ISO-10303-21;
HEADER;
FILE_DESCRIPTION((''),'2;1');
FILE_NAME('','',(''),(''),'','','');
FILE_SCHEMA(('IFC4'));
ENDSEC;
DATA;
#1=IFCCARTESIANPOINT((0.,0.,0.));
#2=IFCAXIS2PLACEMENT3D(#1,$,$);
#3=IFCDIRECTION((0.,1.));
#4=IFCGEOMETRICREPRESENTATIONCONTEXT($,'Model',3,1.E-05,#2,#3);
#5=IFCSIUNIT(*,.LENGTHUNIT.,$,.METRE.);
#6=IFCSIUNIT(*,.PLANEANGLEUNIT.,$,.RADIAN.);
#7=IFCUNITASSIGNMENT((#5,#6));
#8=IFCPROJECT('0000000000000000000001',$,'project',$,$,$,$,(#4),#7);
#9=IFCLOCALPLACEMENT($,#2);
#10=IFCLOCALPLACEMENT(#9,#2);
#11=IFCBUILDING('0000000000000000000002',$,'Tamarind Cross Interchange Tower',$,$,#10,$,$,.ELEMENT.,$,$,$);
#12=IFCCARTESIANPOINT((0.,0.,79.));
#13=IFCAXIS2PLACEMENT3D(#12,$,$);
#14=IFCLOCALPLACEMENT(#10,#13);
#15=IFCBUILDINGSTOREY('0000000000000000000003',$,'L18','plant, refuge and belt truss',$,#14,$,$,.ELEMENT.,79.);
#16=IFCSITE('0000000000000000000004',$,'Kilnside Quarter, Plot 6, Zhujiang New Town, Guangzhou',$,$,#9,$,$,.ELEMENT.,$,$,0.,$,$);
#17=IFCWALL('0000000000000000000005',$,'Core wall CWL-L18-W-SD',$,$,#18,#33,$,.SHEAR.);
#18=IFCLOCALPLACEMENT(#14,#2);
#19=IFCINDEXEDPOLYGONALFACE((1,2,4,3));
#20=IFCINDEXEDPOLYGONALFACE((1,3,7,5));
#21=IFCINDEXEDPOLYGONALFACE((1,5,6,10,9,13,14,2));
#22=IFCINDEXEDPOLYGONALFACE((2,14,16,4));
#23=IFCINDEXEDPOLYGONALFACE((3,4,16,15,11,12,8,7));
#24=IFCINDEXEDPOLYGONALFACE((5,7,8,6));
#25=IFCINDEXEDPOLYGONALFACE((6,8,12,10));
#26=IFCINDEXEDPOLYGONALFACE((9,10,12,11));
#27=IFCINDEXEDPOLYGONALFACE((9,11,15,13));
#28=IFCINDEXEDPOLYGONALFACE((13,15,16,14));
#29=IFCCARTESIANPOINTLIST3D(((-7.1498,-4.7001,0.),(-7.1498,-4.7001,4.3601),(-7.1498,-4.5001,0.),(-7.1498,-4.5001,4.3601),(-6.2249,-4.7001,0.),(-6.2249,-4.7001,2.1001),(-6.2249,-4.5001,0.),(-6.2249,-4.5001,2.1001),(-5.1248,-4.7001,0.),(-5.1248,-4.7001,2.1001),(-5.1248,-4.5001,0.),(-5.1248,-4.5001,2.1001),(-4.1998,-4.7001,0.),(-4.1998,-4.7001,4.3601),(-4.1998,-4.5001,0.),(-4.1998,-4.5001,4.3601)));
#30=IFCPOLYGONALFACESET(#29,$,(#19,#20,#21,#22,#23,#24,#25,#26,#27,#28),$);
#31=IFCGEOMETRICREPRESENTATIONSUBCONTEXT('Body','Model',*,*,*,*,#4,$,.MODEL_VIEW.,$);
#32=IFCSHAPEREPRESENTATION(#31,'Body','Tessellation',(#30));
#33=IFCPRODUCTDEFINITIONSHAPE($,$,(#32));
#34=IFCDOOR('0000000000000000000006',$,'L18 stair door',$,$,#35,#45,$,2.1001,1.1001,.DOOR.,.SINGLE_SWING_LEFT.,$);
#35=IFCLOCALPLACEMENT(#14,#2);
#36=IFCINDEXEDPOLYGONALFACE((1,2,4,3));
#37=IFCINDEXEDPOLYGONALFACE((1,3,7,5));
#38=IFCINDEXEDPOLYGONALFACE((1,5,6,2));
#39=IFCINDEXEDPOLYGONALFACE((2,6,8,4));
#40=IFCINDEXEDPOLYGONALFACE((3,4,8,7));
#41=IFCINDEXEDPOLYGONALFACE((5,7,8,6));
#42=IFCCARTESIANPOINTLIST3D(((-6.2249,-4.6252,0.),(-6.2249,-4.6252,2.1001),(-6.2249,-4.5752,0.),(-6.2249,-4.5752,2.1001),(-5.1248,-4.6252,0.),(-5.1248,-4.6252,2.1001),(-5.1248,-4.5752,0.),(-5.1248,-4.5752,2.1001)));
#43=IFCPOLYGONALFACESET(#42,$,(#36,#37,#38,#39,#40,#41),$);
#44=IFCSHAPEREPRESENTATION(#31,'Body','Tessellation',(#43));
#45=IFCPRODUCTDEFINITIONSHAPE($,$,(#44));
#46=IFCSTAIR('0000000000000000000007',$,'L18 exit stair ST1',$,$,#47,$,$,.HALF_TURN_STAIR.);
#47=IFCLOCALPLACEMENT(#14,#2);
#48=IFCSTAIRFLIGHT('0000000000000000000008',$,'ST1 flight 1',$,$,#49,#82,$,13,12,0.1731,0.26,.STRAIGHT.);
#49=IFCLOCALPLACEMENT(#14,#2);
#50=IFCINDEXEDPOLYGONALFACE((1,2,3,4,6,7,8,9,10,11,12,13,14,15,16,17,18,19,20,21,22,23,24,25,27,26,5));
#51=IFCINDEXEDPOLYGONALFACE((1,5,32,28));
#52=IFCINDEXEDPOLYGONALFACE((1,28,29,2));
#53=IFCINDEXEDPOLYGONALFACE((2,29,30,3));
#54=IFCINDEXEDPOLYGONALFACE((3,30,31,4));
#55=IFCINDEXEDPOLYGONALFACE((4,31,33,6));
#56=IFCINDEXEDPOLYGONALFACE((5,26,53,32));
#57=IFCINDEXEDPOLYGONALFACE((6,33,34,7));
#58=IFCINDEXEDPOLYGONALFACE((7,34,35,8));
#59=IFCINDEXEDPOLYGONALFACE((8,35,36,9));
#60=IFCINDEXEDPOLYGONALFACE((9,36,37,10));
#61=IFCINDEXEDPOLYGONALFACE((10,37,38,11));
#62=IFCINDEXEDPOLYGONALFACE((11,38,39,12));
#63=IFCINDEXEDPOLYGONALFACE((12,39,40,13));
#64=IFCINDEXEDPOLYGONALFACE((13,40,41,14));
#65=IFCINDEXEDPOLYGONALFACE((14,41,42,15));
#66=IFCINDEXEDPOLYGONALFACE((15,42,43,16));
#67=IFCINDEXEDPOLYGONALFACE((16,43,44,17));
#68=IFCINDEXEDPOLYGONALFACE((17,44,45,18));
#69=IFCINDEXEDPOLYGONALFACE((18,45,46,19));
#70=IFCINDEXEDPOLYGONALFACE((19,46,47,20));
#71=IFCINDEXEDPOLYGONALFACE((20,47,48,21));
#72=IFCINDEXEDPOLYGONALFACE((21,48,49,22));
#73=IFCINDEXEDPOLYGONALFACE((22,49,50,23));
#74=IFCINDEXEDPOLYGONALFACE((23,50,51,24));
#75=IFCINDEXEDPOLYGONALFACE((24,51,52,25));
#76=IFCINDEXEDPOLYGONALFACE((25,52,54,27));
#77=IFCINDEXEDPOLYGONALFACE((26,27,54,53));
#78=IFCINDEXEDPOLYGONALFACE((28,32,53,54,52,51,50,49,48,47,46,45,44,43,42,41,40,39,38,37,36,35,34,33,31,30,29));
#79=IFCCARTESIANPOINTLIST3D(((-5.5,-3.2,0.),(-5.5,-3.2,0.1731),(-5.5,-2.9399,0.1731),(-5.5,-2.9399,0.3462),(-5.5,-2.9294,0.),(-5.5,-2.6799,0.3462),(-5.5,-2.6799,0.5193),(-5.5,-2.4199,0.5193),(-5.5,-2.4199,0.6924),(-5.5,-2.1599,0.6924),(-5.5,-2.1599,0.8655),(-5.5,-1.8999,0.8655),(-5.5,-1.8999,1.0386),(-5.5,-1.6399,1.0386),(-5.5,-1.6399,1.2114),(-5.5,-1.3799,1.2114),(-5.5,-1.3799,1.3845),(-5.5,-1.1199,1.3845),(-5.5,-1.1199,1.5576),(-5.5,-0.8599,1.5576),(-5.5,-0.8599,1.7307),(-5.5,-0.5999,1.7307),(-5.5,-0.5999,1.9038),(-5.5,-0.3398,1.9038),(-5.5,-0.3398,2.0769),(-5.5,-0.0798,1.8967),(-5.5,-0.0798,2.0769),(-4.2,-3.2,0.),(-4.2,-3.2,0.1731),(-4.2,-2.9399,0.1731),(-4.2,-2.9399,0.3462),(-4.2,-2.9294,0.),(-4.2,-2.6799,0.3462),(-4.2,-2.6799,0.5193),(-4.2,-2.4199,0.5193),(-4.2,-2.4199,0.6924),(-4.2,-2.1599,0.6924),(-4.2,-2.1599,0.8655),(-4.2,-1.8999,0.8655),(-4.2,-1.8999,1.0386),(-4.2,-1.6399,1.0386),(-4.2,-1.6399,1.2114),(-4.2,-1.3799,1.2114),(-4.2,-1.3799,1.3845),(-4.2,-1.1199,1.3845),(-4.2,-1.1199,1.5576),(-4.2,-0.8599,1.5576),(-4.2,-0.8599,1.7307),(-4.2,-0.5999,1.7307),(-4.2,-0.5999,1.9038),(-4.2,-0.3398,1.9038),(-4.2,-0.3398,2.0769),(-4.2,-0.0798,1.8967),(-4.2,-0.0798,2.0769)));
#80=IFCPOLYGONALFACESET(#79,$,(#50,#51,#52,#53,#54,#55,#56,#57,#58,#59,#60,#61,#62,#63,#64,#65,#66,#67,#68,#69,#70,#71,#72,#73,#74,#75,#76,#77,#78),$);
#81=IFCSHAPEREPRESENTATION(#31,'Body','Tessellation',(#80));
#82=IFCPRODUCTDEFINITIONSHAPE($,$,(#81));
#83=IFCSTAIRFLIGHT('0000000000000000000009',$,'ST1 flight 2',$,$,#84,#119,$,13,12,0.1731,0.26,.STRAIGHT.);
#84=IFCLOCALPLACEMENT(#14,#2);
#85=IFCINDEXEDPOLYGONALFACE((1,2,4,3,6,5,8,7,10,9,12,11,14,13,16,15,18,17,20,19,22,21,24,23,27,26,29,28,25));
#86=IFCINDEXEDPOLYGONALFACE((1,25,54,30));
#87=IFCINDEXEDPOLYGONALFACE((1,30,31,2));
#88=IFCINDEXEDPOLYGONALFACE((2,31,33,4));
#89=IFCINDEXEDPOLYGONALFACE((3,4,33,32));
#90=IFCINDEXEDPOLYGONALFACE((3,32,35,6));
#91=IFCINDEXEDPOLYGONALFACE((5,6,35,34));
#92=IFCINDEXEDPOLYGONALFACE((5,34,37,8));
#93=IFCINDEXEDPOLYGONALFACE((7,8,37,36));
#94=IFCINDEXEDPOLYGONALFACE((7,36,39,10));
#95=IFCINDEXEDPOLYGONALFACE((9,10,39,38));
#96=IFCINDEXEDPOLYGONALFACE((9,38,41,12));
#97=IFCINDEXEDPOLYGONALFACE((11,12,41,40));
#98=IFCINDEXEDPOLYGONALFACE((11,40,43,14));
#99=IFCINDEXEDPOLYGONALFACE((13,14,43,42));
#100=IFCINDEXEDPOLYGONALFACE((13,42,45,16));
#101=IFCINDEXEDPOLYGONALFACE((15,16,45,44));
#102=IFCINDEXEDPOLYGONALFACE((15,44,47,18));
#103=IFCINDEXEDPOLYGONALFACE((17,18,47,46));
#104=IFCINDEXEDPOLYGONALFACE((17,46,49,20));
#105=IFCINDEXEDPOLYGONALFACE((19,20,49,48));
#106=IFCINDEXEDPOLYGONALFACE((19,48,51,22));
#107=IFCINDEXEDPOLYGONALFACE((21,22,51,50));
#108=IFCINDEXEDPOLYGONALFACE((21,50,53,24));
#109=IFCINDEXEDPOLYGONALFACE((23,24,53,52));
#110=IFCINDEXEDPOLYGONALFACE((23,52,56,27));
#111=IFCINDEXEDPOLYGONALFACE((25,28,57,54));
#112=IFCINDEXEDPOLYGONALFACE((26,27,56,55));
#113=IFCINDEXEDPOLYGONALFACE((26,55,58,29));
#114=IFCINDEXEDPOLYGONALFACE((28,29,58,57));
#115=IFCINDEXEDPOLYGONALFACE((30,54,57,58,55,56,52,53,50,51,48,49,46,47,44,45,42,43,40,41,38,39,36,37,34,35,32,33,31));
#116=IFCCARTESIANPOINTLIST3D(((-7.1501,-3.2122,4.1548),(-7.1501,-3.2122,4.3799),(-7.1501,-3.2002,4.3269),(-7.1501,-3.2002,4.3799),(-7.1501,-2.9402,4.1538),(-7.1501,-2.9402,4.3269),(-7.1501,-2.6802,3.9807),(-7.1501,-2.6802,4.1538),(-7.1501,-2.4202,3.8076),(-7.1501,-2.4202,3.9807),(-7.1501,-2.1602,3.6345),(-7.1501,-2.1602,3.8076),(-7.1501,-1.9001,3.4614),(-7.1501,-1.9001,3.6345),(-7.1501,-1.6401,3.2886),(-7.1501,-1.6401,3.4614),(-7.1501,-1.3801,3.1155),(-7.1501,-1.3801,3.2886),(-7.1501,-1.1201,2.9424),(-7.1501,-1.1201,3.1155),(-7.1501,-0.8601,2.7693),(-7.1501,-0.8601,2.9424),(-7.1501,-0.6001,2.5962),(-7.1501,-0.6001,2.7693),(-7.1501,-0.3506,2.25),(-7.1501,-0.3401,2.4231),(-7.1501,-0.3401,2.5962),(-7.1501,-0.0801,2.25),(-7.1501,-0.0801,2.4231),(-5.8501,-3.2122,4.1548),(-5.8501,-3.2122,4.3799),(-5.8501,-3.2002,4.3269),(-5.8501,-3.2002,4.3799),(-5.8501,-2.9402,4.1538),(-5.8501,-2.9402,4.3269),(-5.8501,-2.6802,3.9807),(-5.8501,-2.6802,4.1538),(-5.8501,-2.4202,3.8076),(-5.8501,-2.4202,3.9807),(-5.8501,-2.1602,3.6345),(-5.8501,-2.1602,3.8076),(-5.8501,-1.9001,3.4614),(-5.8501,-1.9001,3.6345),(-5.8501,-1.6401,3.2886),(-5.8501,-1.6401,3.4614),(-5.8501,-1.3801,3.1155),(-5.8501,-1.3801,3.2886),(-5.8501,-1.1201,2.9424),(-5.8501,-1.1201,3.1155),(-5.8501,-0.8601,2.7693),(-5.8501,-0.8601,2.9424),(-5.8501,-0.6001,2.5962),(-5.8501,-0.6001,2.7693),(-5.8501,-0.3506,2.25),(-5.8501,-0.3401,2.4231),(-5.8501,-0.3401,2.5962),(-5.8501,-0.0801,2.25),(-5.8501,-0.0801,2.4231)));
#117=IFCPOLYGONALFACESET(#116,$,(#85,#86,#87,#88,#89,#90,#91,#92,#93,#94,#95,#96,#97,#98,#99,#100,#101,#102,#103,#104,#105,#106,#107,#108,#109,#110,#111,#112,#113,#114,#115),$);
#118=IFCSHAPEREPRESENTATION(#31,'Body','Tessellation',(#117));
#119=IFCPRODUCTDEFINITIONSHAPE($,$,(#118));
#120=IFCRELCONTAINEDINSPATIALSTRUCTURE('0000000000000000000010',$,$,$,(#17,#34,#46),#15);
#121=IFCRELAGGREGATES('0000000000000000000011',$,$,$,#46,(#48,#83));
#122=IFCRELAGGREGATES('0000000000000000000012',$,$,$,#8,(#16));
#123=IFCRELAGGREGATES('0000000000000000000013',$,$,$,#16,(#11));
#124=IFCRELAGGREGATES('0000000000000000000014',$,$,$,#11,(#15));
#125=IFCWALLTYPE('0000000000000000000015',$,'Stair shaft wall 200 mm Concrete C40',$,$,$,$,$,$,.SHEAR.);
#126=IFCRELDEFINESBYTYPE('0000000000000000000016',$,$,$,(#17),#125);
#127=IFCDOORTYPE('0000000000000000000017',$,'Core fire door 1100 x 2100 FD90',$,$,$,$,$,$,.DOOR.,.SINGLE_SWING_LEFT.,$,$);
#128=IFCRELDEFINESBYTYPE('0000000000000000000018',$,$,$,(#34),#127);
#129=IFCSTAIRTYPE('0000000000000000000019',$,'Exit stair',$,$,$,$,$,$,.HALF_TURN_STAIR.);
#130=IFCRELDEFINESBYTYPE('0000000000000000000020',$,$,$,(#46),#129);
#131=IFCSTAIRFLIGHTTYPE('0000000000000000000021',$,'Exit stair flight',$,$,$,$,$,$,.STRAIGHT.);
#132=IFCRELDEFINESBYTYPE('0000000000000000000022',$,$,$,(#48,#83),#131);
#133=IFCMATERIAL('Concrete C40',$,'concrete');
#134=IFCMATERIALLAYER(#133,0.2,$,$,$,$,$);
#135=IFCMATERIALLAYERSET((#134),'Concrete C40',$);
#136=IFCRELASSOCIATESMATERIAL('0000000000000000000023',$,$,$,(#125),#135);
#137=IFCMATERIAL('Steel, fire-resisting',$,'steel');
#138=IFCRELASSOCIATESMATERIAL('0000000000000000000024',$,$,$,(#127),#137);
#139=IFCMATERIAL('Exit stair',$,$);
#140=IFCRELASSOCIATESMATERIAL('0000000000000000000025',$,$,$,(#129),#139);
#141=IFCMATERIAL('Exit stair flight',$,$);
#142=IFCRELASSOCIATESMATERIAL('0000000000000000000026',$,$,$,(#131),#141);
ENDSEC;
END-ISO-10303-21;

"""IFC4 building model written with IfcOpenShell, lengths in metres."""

from ifc_helpers import new_model, si_unit, direction, frame, frame_2d, origin, place, context, subcontext, project, spatial, polyline, rectangle, outline, extrude, material, layer, layer_set, type_object, element, fill, aggregate, save


model = new_model("IFC4")

# Units and contexts
model_context = context("Model", 3, precision=1e-05, world=origin(), true_north=direction((0.0, 1.0)))
body_context = subcontext(model_context, "Body", "Model", "MODEL_VIEW")
ifc_project = project(units=[si_unit("LENGTHUNIT", "METRE"), si_unit("PLANEANGLEUNIT", "RADIAN")], contexts=[model_context])

# Site, building, storey
site_placement = place(None, origin())
site = spatial("IfcSite", under=ifc_project, at=site_placement, Name="Kilnside Quarter, Plot 6, Zhujiang New Town, Guangzhou", CompositionType="ELEMENT", RefElevation=0.0)
building_placement = place(site_placement, origin())
building = spatial("IfcBuilding", under=site, at=building_placement, Name="Tamarind Cross Interchange Tower", CompositionType="ELEMENT")
storey_placement = place(building_placement, frame((0.0, 0.0, 79.0)))
storey = spatial("IfcBuildingStorey", under=building, at=storey_placement, Name="L18", Description="plant, refuge and belt truss", CompositionType="ELEMENT", Elevation=79.0)

# Shared definitions
ifc_material_1 = material(Name="Steel, fire-resisting", Category="steel")

# Shared definitions
ifc_material_2 = material(Name="Concrete C40", Category="concrete")

# Wall, opening, door
ifc_layer_1 = layer(ifc_material_2, 0.2)
ifc_layer_set_1 = layer_set([ifc_layer_1], Name="Concrete C40")
wall_type_1 = type_object("IfcWallType", Name="Stair shaft wall 200 mm Concrete C40", PredefinedType="SHEAR", material=ifc_layer_set_1)
wall_1_placement = place(storey_placement, frame((-7.1499, -4.6001, 0.0), z_axis=(0.0, 0.0, 1.0), x_axis=(1.0, 0.0, 0.0)))
wall_1 = element("IfcWall", 1, at=wall_1_placement, inside=storey, type_object=wall_type_1, Name="Core wall CWL-L18-W-SD", PredefinedType="SHEAR", context=body_context, shape_type="SweptSolid", body=[
    extrude(rectangle(XDim=2.95, YDim=0.2, at=frame_2d((1.4751, 0.0))), origin(), (0.0, 0.0, 1.0), 4.3601),
])
opening_1_placement = place(wall_1_placement, frame((0.925, 0.0, 0.0)))
opening_1 = element("IfcOpeningElement", 2, at=opening_1_placement, cuts=wall_1, PredefinedType="OPENING", context=body_context, shape_type="SweptSolid", body=[
    extrude(rectangle(XDim=1.1001, YDim=2.1001, at=frame_2d((0.55, 1.05))), frame((0.0, 0.1099, 0.0), z_axis=(0.0, -1.0, 0.0), x_axis=(1.0, 0.0, 0.0)), (0.0, 0.0, 1.0), 0.22),
])
door_type_1 = type_object("IfcDoorType", Name="Core fire door 1100 x 2100 FD90", OperationType="SINGLE_SWING_LEFT", PredefinedType="DOOR", material=ifc_material_1)
door_1_placement = place(opening_1_placement, origin())
door_1 = element("IfcDoor", 3, at=door_1_placement, inside=storey, type_object=door_type_1, Name="L18 stair door", OperationType="SINGLE_SWING_LEFT", OverallHeight=2.1001, OverallWidth=1.1001, PredefinedType="DOOR", context=body_context, shape_type="SweptSolid", body=[
    extrude(rectangle(XDim=1.1001, YDim=2.1001, at=frame_2d((0.55, 1.05))), frame((0.0, 0.0249, 0.0), z_axis=(0.0, -1.0, 0.0), x_axis=(1.0, 0.0, 0.0)), (0.0, 0.0, 1.0), 0.05),
])
fill(opening_1, door_1)

# Stair, stair flights
ifc_material_3 = material(Name="Exit stair")
stair_type = type_object("IfcStairType", Name="Exit stair", PredefinedType="HALF_TURN_STAIR", material=ifc_material_3)
stair_placement = place(storey_placement, origin())
stair = element("IfcStair", 4, at=stair_placement, inside=storey, type_object=stair_type, Name="L18 exit stair ST1", PredefinedType="HALF_TURN_STAIR")
ifc_material_4 = material(Name="Exit stair flight")
stair_flight_type = type_object("IfcStairFlightType", Name="Exit stair flight", PredefinedType="STRAIGHT", material=ifc_material_4)
stair_flight_1_placement = place(storey_placement, frame((-4.8501, -3.2, 0.0), z_axis=(0.0, 0.0, 1.0), x_axis=(0.0, 1.0, 0.0)))
stair_flight_1 = element("IfcStairFlight", 5, at=stair_flight_1_placement, type_object=stair_flight_type, Name="ST1 flight 1", NumberOfRisers=13, NumberOfTreads=12, PredefinedType="STRAIGHT", RiserHeight=0.1731, TreadLength=0.26, context=body_context, shape_type="SweptSolid", body=[
    extrude(outline(polyline([(0.0, 0.0), (0.0, 0.1731), (0.26, 0.1731), (0.26, 0.3462), (0.52, 0.3462), (0.52, 0.5193), (0.78, 0.5193), (0.78, 0.6924), (1.04, 0.6924), (1.04, 0.8655), (1.3, 0.8655), (1.3, 1.0386), (1.5601, 1.0386), (1.5601, 1.2114), (1.8201, 1.2114), (1.8201, 1.3845), (2.0801, 1.3845), (2.0801, 1.5576), (2.3401, 1.5576), (2.3401, 1.7307), (2.6001, 1.7307), (2.6001, 1.9038), (2.8601, 1.9038), (2.8601, 2.0769), (3.1201, 2.0769), (3.1201, 2.25), (3.1201, 1.8967), (0.2705, 0.0), (0.0, 0.0)])), frame((0.0, 0.6499, 0.0), z_axis=(0.0, -1.0, 0.0), x_axis=(1.0, 0.0, 0.0)), (0.0, 0.0, 1.0), 1.3),
])
stair_flight_2_placement = place(storey_placement, frame((-6.5, -0.0801, 2.25), z_axis=(0.0, 0.0, 1.0), x_axis=(0.0, -1.0, 0.0)))
stair_flight_2 = element("IfcStairFlight", 6, at=stair_flight_2_placement, type_object=stair_flight_type, Name="ST1 flight 2", NumberOfRisers=13, NumberOfTreads=12, PredefinedType="STRAIGHT", RiserHeight=0.1731, TreadLength=0.26, context=body_context, shape_type="SweptSolid", body=[
    extrude(outline(polyline([(0.0, 0.0), (0.0, 0.1731), (0.26, 0.1731), (0.26, 0.3462), (0.52, 0.3462), (0.52, 0.5193), (0.78, 0.5193), (0.78, 0.6924), (1.04, 0.6924), (1.04, 0.8655), (1.3, 0.8655), (1.3, 1.0386), (1.5601, 1.0386), (1.5601, 1.2114), (1.8201, 1.2114), (1.8201, 1.3845), (2.0801, 1.3845), (2.0801, 1.5576), (2.3401, 1.5576), (2.3401, 1.7307), (2.6001, 1.7307), (2.6001, 1.9038), (2.8601, 1.9038), (2.8601, 2.0769), (3.1201, 2.0769), (3.1201, 2.1299), (3.1321, 2.1299), (3.1321, 1.9048), (0.2705, 0.0), (0.0, 0.0)])), frame((0.0, 0.6499, 0.0), z_axis=(0.0, -1.0, 0.0), x_axis=(1.0, 0.0, 0.0)), (0.0, 0.0, 1.0), 1.3),
])
aggregate(stair, [stair_flight_1, stair_flight_2])

save(model, "model.ifc")
